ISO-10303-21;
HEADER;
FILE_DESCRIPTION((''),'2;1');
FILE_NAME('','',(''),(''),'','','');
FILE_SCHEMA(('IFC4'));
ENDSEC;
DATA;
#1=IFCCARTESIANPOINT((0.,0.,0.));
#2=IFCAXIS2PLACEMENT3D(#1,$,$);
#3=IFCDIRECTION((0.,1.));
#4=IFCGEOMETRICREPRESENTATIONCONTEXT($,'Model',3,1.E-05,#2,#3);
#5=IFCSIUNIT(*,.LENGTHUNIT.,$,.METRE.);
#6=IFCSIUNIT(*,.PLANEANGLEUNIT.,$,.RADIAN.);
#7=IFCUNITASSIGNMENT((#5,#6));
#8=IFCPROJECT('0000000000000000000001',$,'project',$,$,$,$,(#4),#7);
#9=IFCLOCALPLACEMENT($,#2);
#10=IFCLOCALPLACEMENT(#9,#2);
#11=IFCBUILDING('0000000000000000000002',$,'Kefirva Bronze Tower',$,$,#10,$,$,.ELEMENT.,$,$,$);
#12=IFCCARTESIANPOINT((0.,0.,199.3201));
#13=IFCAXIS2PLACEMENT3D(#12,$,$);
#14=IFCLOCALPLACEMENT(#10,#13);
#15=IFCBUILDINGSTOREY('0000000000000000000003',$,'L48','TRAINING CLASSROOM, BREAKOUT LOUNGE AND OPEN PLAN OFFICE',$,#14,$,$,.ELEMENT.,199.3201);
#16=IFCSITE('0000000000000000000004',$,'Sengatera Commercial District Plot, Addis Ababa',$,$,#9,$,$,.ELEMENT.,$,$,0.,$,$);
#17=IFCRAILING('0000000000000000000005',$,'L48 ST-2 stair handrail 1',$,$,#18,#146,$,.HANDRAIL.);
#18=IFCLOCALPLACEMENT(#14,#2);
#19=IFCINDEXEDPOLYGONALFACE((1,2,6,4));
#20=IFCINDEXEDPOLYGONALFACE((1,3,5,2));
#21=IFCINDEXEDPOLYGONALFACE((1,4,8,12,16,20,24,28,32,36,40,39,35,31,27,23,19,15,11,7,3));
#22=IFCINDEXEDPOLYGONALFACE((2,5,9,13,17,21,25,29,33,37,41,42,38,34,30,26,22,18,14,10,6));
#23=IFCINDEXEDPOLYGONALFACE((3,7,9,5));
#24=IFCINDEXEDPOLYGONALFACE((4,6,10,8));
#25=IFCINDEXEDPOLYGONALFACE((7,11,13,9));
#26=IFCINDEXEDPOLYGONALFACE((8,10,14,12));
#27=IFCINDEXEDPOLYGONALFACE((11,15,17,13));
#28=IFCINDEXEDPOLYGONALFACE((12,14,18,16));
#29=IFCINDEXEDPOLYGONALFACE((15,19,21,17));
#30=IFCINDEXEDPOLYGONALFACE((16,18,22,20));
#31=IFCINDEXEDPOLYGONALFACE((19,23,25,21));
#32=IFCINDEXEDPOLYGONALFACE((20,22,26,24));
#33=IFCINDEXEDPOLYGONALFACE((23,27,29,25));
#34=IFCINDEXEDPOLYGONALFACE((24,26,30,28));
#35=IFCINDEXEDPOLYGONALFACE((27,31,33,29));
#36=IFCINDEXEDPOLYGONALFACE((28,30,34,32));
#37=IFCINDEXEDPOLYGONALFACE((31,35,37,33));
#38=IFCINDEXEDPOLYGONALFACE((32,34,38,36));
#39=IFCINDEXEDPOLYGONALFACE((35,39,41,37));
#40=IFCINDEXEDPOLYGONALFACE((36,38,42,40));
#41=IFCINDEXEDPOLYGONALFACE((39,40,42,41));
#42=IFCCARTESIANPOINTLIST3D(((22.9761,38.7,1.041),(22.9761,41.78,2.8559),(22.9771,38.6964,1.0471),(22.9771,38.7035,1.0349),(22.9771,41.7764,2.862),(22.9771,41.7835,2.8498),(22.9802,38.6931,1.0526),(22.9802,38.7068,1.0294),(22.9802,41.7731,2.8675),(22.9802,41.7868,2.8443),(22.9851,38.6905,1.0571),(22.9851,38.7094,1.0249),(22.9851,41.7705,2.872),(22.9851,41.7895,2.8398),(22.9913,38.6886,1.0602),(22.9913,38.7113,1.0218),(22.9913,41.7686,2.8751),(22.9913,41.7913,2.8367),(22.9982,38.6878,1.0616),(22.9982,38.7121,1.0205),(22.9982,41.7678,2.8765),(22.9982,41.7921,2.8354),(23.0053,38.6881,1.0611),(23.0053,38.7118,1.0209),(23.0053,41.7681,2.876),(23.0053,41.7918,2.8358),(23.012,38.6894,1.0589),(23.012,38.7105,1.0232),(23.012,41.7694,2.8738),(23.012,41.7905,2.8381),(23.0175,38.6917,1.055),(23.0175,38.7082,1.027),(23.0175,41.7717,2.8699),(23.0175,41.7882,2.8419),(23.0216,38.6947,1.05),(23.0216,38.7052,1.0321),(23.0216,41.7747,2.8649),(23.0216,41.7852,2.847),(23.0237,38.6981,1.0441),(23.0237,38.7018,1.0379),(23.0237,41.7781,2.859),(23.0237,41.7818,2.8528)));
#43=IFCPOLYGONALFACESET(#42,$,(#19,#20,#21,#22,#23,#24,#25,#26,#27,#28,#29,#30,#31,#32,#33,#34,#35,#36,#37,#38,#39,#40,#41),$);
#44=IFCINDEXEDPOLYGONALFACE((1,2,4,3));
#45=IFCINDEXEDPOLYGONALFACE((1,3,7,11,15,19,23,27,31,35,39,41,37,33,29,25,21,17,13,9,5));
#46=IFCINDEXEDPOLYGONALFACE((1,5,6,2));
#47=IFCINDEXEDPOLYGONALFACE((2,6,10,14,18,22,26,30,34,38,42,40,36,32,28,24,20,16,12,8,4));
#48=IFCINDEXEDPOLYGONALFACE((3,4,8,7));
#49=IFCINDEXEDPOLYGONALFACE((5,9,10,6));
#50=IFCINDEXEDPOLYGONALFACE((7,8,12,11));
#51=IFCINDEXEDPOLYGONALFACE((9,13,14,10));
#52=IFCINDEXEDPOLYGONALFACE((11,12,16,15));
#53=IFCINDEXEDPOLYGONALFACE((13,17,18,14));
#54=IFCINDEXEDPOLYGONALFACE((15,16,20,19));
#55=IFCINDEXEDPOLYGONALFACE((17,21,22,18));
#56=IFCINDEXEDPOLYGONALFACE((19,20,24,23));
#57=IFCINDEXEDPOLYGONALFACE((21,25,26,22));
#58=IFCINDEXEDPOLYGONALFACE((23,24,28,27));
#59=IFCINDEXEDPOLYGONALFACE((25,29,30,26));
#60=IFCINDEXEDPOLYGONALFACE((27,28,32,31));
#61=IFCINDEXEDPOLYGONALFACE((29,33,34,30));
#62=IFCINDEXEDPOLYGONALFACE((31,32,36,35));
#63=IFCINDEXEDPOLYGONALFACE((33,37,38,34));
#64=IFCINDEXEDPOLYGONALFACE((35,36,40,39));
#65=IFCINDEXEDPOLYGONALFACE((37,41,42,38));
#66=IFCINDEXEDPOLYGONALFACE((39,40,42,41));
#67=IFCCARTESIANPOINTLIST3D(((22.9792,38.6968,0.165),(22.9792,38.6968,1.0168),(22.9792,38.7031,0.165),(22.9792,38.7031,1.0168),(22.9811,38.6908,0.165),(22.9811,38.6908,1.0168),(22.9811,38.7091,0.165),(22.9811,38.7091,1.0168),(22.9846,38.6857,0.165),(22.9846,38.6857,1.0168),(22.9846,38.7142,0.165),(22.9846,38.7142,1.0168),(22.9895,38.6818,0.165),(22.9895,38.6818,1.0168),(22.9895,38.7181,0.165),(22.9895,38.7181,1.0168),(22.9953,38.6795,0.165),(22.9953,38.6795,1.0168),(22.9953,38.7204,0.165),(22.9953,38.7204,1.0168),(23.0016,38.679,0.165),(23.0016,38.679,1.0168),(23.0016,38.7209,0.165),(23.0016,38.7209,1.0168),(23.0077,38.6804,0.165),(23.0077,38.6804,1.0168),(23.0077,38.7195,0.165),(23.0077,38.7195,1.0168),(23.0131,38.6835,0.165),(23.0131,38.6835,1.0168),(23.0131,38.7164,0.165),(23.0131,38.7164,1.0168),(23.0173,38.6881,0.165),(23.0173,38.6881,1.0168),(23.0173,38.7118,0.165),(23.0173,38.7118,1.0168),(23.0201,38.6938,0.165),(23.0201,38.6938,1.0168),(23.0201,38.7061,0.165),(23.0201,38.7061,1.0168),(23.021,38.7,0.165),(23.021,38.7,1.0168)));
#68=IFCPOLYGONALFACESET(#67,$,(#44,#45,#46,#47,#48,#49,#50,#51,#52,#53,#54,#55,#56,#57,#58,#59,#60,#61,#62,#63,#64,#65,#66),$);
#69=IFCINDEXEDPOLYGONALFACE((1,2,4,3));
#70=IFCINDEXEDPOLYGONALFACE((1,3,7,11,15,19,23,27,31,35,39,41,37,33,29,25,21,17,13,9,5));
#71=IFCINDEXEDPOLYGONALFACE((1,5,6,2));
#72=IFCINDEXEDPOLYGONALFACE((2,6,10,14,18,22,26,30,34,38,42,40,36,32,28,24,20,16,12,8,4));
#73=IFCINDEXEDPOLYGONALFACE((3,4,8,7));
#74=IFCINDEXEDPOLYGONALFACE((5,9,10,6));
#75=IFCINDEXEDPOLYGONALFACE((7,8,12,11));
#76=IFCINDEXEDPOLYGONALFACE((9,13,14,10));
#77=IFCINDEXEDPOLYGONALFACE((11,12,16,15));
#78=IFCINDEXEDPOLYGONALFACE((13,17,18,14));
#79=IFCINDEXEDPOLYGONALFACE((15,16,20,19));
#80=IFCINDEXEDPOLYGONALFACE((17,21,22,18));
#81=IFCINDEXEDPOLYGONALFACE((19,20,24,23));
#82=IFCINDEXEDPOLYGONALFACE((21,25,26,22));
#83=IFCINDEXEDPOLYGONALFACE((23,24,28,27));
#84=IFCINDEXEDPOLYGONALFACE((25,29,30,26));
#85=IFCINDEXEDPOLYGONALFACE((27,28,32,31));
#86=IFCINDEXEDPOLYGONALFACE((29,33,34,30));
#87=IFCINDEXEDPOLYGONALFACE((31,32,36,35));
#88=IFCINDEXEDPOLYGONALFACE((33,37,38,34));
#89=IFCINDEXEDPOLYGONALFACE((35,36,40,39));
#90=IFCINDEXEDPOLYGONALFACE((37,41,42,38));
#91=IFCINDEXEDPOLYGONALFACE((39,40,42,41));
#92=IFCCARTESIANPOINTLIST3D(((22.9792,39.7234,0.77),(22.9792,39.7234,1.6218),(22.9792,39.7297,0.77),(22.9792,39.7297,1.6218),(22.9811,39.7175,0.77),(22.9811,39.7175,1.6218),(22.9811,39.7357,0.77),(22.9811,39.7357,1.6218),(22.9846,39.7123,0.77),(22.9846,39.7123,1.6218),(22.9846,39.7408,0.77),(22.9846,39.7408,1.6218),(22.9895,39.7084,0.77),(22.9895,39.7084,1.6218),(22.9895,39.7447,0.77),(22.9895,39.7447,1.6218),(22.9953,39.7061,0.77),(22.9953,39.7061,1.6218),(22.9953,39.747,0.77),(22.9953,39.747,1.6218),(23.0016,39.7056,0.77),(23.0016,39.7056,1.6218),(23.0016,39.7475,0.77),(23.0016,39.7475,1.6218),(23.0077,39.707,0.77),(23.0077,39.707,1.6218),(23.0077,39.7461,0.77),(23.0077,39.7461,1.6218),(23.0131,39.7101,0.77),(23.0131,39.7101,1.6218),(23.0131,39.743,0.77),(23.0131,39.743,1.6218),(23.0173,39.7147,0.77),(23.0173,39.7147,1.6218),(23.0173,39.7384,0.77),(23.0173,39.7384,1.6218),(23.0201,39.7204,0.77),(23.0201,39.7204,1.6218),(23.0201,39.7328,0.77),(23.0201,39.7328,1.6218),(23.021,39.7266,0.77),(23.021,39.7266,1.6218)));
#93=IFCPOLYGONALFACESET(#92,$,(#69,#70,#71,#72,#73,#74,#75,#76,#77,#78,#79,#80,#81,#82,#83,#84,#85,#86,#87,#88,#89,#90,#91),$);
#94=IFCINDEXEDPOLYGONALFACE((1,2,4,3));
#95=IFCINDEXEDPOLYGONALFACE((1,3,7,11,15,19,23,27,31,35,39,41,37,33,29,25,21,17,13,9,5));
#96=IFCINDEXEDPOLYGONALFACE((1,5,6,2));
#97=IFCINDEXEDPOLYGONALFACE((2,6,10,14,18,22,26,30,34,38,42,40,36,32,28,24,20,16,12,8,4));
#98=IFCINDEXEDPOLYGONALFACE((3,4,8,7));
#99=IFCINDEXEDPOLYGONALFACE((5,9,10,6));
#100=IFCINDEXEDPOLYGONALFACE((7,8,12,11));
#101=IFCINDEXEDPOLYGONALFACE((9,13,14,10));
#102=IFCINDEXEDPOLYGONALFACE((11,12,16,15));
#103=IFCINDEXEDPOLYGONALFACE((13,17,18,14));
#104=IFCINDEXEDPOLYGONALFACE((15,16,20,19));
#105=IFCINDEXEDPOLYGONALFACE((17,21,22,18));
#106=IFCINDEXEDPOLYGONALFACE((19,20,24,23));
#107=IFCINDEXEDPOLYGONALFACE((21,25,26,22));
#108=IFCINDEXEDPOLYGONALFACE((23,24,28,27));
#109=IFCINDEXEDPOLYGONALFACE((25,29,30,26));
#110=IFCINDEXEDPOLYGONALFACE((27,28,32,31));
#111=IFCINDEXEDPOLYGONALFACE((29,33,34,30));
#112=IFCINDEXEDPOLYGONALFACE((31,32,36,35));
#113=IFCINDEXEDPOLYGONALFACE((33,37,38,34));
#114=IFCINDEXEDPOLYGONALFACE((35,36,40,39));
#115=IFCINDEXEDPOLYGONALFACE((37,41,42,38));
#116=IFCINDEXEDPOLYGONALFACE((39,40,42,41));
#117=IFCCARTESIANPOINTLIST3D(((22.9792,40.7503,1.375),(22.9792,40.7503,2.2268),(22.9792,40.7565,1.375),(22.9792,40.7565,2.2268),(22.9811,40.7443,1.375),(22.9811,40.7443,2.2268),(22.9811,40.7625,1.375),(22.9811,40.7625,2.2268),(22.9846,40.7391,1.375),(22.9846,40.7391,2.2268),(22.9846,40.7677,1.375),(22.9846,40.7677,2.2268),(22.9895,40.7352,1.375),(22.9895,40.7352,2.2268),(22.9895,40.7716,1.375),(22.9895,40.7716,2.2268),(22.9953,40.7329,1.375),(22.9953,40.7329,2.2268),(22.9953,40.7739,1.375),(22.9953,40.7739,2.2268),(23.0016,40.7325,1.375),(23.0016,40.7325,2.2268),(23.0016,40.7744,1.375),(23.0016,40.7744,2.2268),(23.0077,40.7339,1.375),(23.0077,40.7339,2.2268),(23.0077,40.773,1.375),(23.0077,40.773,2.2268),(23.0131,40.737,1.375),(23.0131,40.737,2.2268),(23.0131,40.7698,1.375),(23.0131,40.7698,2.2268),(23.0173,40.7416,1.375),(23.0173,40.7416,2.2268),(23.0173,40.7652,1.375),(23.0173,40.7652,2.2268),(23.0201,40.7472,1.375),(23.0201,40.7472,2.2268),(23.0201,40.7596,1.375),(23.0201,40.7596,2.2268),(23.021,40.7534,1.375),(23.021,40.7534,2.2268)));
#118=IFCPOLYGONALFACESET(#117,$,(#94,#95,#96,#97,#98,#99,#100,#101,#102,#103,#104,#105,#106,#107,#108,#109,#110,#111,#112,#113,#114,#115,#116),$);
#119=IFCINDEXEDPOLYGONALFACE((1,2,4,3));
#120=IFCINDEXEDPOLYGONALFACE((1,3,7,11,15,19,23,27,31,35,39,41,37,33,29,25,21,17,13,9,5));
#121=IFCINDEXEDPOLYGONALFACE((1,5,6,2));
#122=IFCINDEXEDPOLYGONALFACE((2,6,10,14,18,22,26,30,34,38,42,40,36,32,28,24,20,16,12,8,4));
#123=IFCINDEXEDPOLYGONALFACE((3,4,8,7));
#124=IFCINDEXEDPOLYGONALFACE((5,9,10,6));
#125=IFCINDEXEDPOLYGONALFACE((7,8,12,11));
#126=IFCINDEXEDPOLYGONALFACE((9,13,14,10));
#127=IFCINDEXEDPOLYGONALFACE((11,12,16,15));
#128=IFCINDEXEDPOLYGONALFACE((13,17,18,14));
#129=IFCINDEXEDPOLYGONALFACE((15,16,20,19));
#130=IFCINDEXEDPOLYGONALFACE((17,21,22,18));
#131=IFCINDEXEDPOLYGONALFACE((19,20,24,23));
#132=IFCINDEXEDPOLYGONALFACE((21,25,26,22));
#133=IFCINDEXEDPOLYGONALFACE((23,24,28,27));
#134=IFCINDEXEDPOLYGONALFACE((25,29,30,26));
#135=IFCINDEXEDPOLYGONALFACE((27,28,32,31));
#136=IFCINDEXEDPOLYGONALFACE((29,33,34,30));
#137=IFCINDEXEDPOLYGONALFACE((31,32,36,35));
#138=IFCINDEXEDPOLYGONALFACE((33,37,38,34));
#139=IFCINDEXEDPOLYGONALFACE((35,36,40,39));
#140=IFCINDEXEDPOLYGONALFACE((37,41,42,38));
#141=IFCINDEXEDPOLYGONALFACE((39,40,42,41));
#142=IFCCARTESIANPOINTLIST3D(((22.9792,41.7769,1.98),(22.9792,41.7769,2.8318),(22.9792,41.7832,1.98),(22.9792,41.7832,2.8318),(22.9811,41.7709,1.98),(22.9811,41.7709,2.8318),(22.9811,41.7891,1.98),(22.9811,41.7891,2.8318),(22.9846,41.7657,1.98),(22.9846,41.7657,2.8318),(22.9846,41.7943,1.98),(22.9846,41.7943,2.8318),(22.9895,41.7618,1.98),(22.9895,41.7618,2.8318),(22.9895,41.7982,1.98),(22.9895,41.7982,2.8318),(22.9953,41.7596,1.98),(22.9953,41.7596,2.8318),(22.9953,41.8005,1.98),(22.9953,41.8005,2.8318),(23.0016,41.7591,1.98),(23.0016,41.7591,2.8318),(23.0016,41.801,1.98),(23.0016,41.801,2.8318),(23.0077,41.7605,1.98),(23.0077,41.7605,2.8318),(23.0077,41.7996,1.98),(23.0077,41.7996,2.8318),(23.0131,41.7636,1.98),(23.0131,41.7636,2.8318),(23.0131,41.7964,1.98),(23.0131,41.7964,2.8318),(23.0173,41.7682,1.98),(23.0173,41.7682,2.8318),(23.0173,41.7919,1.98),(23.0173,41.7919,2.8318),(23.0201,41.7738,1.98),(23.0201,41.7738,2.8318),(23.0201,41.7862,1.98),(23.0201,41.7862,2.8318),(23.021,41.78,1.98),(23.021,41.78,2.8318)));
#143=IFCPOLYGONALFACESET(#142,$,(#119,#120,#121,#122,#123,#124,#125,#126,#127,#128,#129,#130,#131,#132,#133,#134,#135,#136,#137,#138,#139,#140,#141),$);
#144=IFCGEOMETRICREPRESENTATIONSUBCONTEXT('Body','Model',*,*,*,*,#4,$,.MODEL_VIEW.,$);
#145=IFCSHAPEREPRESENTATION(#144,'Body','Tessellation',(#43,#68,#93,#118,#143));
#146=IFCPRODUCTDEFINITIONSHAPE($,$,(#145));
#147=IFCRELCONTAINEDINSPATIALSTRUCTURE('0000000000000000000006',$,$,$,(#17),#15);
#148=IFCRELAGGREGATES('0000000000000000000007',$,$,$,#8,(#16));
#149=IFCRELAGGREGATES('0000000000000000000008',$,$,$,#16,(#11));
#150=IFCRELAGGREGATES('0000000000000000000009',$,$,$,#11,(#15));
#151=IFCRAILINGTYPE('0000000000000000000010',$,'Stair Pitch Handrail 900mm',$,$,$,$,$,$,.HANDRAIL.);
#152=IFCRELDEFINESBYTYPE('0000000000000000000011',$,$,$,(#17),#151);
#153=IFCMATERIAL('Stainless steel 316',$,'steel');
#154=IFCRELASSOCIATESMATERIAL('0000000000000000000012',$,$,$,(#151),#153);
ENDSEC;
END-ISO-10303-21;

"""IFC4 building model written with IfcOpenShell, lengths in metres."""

from ifc_helpers import new_model, si_unit, direction, frame, origin, origin_2d, place, context, subcontext, project, spatial, circle, extrude, material, type_object, element, save


model = new_model("IFC4")

# Units and contexts
model_context = context("Model", 3, precision=1e-05, world=origin(), true_north=direction((0.0, 1.0)))
body_context = subcontext(model_context, "Body", "Model", "MODEL_VIEW")
ifc_project = project(units=[si_unit("LENGTHUNIT", "METRE"), si_unit("PLANEANGLEUNIT", "RADIAN")], contexts=[model_context])

# Site, building, storey
site_placement = place(None, origin())
site = spatial("IfcSite", under=ifc_project, at=site_placement, Name="Sengatera Commercial District Plot, Addis Ababa", CompositionType="ELEMENT", RefElevation=0.0)
building_placement = place(site_placement, origin())
building = spatial("IfcBuilding", under=site, at=building_placement, Name="Kefirva Bronze Tower", CompositionType="ELEMENT")
storey_placement = place(building_placement, frame((0.0, 0.0, 199.3201)))
storey = spatial("IfcBuildingStorey", under=building, at=storey_placement, Name="L48", Description="TRAINING CLASSROOM, BREAKOUT LOUNGE AND OPEN PLAN OFFICE", CompositionType="ELEMENT", Elevation=199.3201)

# Railing
ifc_material_1 = material(Name="Stainless steel 316", Category="steel")
railing_type_1 = type_object("IfcRailingType", Name="Stair Pitch Handrail 900mm", PredefinedType="HANDRAIL", material=ifc_material_1)
railing_1_placement = place(storey_placement, frame((23.0, 38.7, 0.165)))
element("IfcRailing", 1, at=railing_1_placement, inside=storey, type_object=railing_type_1, Name="L48 ST-2 stair handrail 1", PredefinedType="HANDRAIL", context=body_context, shape_type="SweptSolid", body=[
    extrude(circle(Radius=0.0239, at=origin_2d()), frame((0.0, 0.0, 0.876), z_axis=(0.0, 0.861551, 0.507671), x_axis=(-1.0, 0.0, 0.0)), (0.0, 0.0, 1.0), 3.575),
    extrude(circle(Radius=0.021, at=origin_2d()), origin(), (0.0, 0.0, 1.0), 0.8518),
    extrude(circle(Radius=0.021, at=origin_2d()), frame((0.0, 1.0266, 0.605)), (0.0, 0.0, 1.0), 0.8518),
    extrude(circle(Radius=0.021, at=origin_2d()), frame((0.0, 2.0535, 1.21)), (0.0, 0.0, 1.0), 0.8518),
    extrude(circle(Radius=0.021, at=origin_2d()), frame((0.0, 3.0801, 1.8149)), (0.0, 0.0, 1.0), 0.8518),
])

save(model, "model.ifc")
